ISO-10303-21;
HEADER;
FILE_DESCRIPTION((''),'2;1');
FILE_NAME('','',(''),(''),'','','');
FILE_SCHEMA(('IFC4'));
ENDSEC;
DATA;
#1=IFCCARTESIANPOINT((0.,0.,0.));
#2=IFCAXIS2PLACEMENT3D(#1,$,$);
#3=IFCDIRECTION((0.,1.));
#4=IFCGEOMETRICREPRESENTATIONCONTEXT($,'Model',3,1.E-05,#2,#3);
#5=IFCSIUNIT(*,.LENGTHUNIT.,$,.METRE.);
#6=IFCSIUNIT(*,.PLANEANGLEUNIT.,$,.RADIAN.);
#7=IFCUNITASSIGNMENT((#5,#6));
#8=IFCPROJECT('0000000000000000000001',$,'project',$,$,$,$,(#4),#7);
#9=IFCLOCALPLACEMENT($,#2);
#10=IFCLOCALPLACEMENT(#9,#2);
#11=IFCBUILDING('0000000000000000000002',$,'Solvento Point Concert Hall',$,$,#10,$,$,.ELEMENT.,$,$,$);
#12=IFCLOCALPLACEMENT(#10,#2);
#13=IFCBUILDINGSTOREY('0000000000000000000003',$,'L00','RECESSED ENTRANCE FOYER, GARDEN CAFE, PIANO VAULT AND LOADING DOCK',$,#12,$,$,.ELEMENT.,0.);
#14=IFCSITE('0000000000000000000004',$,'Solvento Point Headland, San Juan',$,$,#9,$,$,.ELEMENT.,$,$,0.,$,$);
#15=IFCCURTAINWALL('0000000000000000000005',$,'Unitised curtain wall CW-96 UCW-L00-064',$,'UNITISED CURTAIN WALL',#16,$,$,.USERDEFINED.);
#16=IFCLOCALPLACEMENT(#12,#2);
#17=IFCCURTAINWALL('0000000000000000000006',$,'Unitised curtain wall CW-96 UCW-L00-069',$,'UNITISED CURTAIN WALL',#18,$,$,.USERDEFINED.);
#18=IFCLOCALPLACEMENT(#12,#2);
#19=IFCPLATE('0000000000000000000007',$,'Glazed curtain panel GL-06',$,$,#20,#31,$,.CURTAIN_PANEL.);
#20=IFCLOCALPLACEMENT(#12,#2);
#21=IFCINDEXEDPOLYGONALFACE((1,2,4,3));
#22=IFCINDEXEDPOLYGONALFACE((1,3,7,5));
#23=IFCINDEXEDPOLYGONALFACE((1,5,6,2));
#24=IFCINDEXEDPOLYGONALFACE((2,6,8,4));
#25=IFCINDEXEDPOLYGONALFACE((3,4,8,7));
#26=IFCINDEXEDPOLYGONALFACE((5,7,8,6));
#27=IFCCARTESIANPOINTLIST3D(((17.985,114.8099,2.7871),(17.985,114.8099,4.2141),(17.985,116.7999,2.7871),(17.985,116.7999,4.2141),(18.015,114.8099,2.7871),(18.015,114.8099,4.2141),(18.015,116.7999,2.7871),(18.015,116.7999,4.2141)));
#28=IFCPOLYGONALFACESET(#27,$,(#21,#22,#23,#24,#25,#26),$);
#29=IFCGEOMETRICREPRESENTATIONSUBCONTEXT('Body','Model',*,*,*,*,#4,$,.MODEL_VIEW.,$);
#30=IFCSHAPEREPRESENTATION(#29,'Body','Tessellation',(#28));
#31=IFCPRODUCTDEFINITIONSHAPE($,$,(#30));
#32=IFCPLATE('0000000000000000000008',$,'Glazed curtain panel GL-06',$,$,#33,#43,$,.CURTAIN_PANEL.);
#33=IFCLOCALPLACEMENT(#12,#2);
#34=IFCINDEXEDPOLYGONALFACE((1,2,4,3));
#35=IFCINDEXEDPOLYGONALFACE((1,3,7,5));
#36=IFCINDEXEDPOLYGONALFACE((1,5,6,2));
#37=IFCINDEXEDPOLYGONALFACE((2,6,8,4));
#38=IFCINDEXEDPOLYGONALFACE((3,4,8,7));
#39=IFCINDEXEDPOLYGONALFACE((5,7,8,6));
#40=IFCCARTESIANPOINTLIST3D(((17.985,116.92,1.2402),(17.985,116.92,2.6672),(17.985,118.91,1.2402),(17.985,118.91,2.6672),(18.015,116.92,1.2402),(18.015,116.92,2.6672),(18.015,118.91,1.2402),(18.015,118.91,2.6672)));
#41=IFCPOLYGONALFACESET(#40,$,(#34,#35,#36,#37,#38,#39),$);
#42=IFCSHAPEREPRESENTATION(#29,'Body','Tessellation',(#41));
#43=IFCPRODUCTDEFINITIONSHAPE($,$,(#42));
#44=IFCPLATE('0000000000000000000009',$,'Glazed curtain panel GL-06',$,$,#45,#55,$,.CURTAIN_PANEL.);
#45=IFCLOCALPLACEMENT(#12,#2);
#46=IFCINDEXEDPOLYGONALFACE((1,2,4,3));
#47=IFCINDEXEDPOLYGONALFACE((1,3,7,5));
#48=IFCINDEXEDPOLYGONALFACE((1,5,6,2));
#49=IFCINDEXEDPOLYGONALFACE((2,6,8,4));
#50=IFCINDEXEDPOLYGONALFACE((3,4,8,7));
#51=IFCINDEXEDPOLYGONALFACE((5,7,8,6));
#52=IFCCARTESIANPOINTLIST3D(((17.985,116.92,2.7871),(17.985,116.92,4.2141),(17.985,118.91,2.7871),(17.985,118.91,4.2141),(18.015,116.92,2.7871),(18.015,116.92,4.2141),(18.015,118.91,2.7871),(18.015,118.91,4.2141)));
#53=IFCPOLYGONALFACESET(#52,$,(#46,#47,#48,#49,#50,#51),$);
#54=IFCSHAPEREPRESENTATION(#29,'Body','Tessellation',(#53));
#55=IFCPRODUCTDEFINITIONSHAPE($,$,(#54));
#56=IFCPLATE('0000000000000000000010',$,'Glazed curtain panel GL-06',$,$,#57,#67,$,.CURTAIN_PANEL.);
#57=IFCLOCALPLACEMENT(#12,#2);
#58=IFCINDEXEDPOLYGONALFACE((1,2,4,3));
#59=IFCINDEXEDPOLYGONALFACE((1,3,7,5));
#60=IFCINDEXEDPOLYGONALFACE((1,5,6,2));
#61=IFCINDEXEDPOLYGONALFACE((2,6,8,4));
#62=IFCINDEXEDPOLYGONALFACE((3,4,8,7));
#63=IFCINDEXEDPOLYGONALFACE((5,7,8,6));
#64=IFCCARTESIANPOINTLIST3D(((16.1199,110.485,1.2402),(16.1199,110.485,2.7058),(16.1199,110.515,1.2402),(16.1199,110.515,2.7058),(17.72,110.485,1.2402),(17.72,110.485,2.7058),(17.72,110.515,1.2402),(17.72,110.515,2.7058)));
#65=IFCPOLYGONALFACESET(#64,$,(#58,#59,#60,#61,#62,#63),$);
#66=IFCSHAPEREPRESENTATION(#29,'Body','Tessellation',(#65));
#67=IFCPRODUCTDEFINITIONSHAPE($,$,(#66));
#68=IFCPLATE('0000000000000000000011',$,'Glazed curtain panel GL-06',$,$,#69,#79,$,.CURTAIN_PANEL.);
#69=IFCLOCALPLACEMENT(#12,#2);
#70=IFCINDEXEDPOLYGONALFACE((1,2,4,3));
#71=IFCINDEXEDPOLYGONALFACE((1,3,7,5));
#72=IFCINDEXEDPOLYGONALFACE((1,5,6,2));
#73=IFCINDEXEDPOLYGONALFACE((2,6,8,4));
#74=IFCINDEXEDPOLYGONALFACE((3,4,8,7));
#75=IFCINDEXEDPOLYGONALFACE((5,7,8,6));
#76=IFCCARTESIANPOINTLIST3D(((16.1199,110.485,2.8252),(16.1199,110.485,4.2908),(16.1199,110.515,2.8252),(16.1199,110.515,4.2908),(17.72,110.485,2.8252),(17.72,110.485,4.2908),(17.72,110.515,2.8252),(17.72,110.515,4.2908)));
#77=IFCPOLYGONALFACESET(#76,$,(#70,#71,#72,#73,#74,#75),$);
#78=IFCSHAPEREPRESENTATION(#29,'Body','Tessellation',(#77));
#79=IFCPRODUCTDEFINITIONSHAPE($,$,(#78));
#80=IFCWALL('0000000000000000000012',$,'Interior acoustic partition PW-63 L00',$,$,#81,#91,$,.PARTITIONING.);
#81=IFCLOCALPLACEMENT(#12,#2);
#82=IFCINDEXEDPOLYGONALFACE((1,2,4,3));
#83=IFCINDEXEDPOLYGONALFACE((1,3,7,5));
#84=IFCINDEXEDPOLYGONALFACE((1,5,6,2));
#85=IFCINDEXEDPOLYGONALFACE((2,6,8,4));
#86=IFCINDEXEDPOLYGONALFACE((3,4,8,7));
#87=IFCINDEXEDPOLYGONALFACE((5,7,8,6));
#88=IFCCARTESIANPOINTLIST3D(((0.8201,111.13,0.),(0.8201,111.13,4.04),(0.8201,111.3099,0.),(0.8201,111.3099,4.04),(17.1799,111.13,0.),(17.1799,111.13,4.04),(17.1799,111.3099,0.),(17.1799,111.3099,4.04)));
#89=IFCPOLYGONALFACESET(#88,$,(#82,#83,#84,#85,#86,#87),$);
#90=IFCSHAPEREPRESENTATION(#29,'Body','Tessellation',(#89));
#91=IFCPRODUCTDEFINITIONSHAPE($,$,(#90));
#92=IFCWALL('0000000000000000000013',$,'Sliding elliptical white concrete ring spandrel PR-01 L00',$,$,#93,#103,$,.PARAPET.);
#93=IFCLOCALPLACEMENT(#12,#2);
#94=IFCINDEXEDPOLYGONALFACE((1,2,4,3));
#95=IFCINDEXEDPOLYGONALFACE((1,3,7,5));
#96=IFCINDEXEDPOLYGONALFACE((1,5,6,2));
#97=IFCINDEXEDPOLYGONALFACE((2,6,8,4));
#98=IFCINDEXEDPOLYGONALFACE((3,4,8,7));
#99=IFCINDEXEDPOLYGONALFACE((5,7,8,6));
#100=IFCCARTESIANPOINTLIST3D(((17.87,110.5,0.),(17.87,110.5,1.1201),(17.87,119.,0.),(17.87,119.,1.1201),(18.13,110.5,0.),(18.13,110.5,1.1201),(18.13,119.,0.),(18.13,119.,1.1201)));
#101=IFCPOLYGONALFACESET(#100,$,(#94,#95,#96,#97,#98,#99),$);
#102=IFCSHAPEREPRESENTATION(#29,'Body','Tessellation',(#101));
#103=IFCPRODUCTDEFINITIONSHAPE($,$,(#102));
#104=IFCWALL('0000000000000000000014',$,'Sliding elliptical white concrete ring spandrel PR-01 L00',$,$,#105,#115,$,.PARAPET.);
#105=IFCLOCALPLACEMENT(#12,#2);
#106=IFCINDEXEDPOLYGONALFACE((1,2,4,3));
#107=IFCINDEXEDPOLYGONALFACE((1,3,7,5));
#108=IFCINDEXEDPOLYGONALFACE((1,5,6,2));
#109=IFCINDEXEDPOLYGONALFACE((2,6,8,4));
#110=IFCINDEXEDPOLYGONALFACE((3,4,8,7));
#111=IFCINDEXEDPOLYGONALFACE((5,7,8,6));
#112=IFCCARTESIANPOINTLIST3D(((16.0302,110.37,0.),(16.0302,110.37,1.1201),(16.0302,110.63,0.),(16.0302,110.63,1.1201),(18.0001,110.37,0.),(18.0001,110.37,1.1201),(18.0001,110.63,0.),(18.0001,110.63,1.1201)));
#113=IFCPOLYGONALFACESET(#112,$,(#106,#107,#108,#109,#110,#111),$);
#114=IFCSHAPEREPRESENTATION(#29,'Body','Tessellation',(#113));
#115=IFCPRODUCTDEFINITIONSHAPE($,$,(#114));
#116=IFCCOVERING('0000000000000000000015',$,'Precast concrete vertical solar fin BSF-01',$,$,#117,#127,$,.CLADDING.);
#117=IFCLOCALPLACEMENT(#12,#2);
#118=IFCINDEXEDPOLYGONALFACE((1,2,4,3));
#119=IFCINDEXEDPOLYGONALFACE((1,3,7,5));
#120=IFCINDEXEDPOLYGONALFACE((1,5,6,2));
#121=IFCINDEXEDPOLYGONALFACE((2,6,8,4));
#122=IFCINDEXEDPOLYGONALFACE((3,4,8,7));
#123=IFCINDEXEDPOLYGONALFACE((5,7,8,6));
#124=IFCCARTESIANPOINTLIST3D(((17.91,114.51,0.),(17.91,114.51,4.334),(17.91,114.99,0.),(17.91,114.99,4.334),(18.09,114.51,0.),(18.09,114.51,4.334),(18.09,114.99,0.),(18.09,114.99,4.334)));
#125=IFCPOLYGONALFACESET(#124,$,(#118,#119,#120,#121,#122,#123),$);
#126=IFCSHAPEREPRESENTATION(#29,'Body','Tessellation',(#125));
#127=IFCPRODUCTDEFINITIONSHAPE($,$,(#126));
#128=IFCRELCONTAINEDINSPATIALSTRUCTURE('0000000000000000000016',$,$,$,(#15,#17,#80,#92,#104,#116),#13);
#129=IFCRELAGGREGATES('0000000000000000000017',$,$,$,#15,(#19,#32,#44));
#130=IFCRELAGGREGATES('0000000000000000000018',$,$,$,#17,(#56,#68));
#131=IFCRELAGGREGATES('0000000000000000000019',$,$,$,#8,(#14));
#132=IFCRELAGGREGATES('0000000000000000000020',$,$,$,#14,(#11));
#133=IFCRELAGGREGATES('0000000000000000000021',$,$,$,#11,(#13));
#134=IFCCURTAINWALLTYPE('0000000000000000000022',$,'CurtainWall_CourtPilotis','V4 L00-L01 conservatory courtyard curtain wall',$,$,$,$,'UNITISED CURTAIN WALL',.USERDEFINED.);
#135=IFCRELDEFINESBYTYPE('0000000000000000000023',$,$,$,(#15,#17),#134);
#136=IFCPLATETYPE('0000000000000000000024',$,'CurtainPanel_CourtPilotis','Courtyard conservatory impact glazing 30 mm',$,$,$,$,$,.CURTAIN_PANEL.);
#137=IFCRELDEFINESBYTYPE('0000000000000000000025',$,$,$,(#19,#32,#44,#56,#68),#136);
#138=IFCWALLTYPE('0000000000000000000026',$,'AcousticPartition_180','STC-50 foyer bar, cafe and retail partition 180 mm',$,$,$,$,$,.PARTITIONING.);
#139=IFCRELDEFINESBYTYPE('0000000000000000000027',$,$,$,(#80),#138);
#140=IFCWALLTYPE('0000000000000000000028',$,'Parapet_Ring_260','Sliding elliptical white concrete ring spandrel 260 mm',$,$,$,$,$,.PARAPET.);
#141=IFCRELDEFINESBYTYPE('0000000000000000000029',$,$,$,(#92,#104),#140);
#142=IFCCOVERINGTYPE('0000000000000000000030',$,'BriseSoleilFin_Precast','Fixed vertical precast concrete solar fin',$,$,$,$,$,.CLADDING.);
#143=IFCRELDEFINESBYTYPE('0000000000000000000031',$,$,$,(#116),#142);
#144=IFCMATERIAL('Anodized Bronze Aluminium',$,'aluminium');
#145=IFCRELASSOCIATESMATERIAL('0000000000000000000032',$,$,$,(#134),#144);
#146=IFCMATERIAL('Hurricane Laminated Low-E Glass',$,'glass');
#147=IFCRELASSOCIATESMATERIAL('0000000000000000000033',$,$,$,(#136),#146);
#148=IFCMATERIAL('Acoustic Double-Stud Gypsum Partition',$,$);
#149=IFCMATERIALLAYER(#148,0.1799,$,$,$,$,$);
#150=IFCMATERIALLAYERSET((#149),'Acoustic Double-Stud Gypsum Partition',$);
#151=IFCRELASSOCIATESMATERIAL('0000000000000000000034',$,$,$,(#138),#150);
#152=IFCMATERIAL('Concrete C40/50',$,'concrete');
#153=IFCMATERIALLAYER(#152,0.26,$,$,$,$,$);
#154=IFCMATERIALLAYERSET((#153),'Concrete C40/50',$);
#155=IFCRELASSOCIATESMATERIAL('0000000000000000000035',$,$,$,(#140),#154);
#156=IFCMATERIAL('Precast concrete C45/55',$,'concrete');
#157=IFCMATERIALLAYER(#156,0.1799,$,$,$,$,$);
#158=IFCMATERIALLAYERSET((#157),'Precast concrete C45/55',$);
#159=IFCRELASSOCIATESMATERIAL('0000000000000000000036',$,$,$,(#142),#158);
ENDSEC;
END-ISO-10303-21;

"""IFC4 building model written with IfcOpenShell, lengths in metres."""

from ifc_helpers import new_model, si_unit, direction, frame, frame_2d, origin, origin_2d, place, context, subcontext, project, spatial, rectangle, extrude, material, layer, layer_set, type_object, element, aggregate, save


model = new_model("IFC4")

# Units and contexts
model_context = context("Model", 3, precision=1e-05, world=origin(), true_north=direction((0.0, 1.0)))
body_context = subcontext(model_context, "Body", "Model", "MODEL_VIEW")
ifc_project = project(units=[si_unit("LENGTHUNIT", "METRE"), si_unit("PLANEANGLEUNIT", "RADIAN")], contexts=[model_context])

# Site, building, storey
site_placement = place(None, origin())
site = spatial("IfcSite", under=ifc_project, at=site_placement, Name="Solvento Point Headland, San Juan", CompositionType="ELEMENT", RefElevation=0.0)
building_placement = place(site_placement, origin())
building = spatial("IfcBuilding", under=site, at=building_placement, Name="Solvento Point Concert Hall", CompositionType="ELEMENT")
storey_placement = place(building_placement, origin())
storey = spatial("IfcBuildingStorey", under=building, at=storey_placement, Name="L00", Description="RECESSED ENTRANCE FOYER, GARDEN CAFE, PIANO VAULT AND LOADING DOCK", CompositionType="ELEMENT", Elevation=0.0)

# Shared definitions
ifc_material_1 = material(Name="Anodized Bronze Aluminium", Category="aluminium")
curtain_wall_type = type_object("IfcCurtainWallType", Name="CurtainWall_CourtPilotis", Description="V4 L00-L01 conservatory courtyard curtain wall", ElementType="UNITISED CURTAIN WALL", PredefinedType="USERDEFINED", material=ifc_material_1)

# Curtain walls
curtain_wall_1_placement = place(storey_placement, origin())
curtain_wall_1 = element("IfcCurtainWall", 1, at=curtain_wall_1_placement, inside=storey, type_object=curtain_wall_type, Name="Unitised curtain wall CW-96 UCW-L00-064", ObjectType="UNITISED CURTAIN WALL", PredefinedType="USERDEFINED")
curtain_wall_2_placement = place(storey_placement, origin())
curtain_wall_2 = element("IfcCurtainWall", 2, at=curtain_wall_2_placement, inside=storey, type_object=curtain_wall_type, Name="Unitised curtain wall CW-96 UCW-L00-069", ObjectType="UNITISED CURTAIN WALL", PredefinedType="USERDEFINED")

# Plates
ifc_material_2 = material(Name="Hurricane Laminated Low-E Glass", Category="glass")
plate_type = type_object("IfcPlateType", Name="CurtainPanel_CourtPilotis", Description="Courtyard conservatory impact glazing 30 mm", PredefinedType="CURTAIN_PANEL", material=ifc_material_2)
plate_1_placement = place(storey_placement, frame((18.0, 115.8049, 2.7871), z_axis=(0.0, 0.0, 1.0), x_axis=(0.0, 1.0, 0.0)))
plate_1 = element("IfcPlate", 3, at=plate_1_placement, type_object=plate_type, Name="Glazed curtain panel GL-06", PredefinedType="CURTAIN_PANEL", context=body_context, shape_type="SweptSolid", body=[
    extrude(rectangle(XDim=1.99, YDim=0.03, at=origin_2d()), origin(), (0.0, 0.0, 1.0), 1.427),
])
plate_2_placement = place(storey_placement, frame((18.0, 117.915, 1.2402), z_axis=(0.0, 0.0, 1.0), x_axis=(0.0, 1.0, 0.0)))
plate_2 = element("IfcPlate", 4, at=plate_2_placement, type_object=plate_type, Name="Glazed curtain panel GL-06", PredefinedType="CURTAIN_PANEL", context=body_context, shape_type="SweptSolid", body=[
    extrude(rectangle(XDim=1.99, YDim=0.03, at=origin_2d()), origin(), (0.0, 0.0, 1.0), 1.427),
])
plate_3_placement = place(storey_placement, frame((18.0, 117.915, 2.7871), z_axis=(0.0, 0.0, 1.0), x_axis=(0.0, 1.0, 0.0)))
plate_3 = element("IfcPlate", 5, at=plate_3_placement, type_object=plate_type, Name="Glazed curtain panel GL-06", PredefinedType="CURTAIN_PANEL", context=body_context, shape_type="SweptSolid", body=[
    extrude(rectangle(XDim=1.99, YDim=0.03, at=origin_2d()), origin(), (0.0, 0.0, 1.0), 1.427),
])
aggregate(curtain_wall_1, [plate_1, plate_2, plate_3])
plate_4_placement = place(storey_placement, frame((16.9199, 110.5, 1.2402), z_axis=(0.0, 0.0, 1.0), x_axis=(1.0, 0.0, 0.0)))
plate_4 = element("IfcPlate", 6, at=plate_4_placement, type_object=plate_type, Name="Glazed curtain panel GL-06", PredefinedType="CURTAIN_PANEL", context=body_context, shape_type="SweptSolid", body=[
    extrude(rectangle(XDim=1.6001, YDim=0.03, at=origin_2d()), origin(), (0.0, 0.0, 1.0), 1.4656),
])
plate_5_placement = place(storey_placement, frame((16.9199, 110.5, 2.8252), z_axis=(0.0, 0.0, 1.0), x_axis=(1.0, 0.0, 0.0)))
plate_5 = element("IfcPlate", 7, at=plate_5_placement, type_object=plate_type, Name="Glazed curtain panel GL-06", PredefinedType="CURTAIN_PANEL", context=body_context, shape_type="SweptSolid", body=[
    extrude(rectangle(XDim=1.6001, YDim=0.03, at=origin_2d()), origin(), (0.0, 0.0, 1.0), 1.4656),
])
aggregate(curtain_wall_2, [plate_4, plate_5])

# Walls
ifc_material_3 = material(Name="Acoustic Double-Stud Gypsum Partition")
ifc_layer_1 = layer(ifc_material_3, 0.1799)
ifc_layer_set_1 = layer_set([ifc_layer_1], Name="Acoustic Double-Stud Gypsum Partition")
wall_type_1 = type_object("IfcWallType", Name="AcousticPartition_180", Description="STC-50 foyer bar, cafe and retail partition 180 mm", PredefinedType="PARTITIONING", material=ifc_layer_set_1)
wall_1_placement = place(storey_placement, frame((17.1799, 111.22, 0.0), z_axis=(0.0, 0.0, 1.0), x_axis=(-1.0, 0.0, 0.0)))
element("IfcWall", 8, at=wall_1_placement, inside=storey, type_object=wall_type_1, Name="Interior acoustic partition PW-63 L00", PredefinedType="PARTITIONING", context=body_context, shape_type="SweptSolid", body=[
    extrude(rectangle(XDim=16.3599, YDim=0.1799, at=frame_2d((8.1799, 0.0))), origin(), (0.0, 0.0, 1.0), 4.04),
])
ifc_material_4 = material(Name="Concrete C40/50", Category="concrete")
ifc_layer_2 = layer(ifc_material_4, 0.26)
ifc_layer_set_2 = layer_set([ifc_layer_2], Name="Concrete C40/50")
wall_type_2 = type_object("IfcWallType", Name="Parapet_Ring_260", Description="Sliding elliptical white concrete ring spandrel 260 mm", PredefinedType="PARAPET", material=ifc_layer_set_2)
wall_2_placement = place(storey_placement, frame((18.0, 119.0, 0.0), z_axis=(0.0, 0.0, 1.0), x_axis=(0.0, -1.0, 0.0)))
element("IfcWall", 9, at=wall_2_placement, inside=storey, type_object=wall_type_2, Name="Sliding elliptical white concrete ring spandrel PR-01 L00", PredefinedType="PARAPET", context=body_context, shape_type="SweptSolid", body=[
    extrude(rectangle(XDim=8.5, YDim=0.26, at=frame_2d((4.25, 0.0))), origin(), (0.0, 0.0, 1.0), 1.1201),
])
wall_3_placement = place(storey_placement, frame((18.0, 110.5, 0.0), z_axis=(0.0, 0.0, 1.0), x_axis=(-1.0, 0.0, 0.0)))
element("IfcWall", 10, at=wall_3_placement, inside=storey, type_object=wall_type_2, Name="Sliding elliptical white concrete ring spandrel PR-01 L00", PredefinedType="PARAPET", context=body_context, shape_type="SweptSolid", body=[
    extrude(rectangle(XDim=1.97, YDim=0.26, at=frame_2d((0.9849, 0.0))), origin(), (0.0, 0.0, 1.0), 1.1201),
])

# Covering
ifc_material_5 = material(Name="Precast concrete C45/55", Category="concrete")
ifc_layer_3 = layer(ifc_material_5, 0.1799)
ifc_layer_set_3 = layer_set([ifc_layer_3], Name="Precast concrete C45/55")
covering_type = type_object("IfcCoveringType", Name="BriseSoleilFin_Precast", Description="Fixed vertical precast concrete solar fin", PredefinedType="CLADDING", material=ifc_layer_set_3)
covering_placement = place(storey_placement, frame((18.0, 114.75, 0.0), z_axis=(0.0, 0.0, 1.0), x_axis=(1.0, 0.0, 0.0)))
element("IfcCovering", 11, at=covering_placement, inside=storey, type_object=covering_type, Name="Precast concrete vertical solar fin BSF-01", PredefinedType="CLADDING", context=body_context, shape_type="SweptSolid", body=[
    extrude(rectangle(XDim=0.1799, YDim=0.48, at=origin_2d()), origin(), (0.0, 0.0, 1.0), 4.334),
])

save(model, "model.ifc")
